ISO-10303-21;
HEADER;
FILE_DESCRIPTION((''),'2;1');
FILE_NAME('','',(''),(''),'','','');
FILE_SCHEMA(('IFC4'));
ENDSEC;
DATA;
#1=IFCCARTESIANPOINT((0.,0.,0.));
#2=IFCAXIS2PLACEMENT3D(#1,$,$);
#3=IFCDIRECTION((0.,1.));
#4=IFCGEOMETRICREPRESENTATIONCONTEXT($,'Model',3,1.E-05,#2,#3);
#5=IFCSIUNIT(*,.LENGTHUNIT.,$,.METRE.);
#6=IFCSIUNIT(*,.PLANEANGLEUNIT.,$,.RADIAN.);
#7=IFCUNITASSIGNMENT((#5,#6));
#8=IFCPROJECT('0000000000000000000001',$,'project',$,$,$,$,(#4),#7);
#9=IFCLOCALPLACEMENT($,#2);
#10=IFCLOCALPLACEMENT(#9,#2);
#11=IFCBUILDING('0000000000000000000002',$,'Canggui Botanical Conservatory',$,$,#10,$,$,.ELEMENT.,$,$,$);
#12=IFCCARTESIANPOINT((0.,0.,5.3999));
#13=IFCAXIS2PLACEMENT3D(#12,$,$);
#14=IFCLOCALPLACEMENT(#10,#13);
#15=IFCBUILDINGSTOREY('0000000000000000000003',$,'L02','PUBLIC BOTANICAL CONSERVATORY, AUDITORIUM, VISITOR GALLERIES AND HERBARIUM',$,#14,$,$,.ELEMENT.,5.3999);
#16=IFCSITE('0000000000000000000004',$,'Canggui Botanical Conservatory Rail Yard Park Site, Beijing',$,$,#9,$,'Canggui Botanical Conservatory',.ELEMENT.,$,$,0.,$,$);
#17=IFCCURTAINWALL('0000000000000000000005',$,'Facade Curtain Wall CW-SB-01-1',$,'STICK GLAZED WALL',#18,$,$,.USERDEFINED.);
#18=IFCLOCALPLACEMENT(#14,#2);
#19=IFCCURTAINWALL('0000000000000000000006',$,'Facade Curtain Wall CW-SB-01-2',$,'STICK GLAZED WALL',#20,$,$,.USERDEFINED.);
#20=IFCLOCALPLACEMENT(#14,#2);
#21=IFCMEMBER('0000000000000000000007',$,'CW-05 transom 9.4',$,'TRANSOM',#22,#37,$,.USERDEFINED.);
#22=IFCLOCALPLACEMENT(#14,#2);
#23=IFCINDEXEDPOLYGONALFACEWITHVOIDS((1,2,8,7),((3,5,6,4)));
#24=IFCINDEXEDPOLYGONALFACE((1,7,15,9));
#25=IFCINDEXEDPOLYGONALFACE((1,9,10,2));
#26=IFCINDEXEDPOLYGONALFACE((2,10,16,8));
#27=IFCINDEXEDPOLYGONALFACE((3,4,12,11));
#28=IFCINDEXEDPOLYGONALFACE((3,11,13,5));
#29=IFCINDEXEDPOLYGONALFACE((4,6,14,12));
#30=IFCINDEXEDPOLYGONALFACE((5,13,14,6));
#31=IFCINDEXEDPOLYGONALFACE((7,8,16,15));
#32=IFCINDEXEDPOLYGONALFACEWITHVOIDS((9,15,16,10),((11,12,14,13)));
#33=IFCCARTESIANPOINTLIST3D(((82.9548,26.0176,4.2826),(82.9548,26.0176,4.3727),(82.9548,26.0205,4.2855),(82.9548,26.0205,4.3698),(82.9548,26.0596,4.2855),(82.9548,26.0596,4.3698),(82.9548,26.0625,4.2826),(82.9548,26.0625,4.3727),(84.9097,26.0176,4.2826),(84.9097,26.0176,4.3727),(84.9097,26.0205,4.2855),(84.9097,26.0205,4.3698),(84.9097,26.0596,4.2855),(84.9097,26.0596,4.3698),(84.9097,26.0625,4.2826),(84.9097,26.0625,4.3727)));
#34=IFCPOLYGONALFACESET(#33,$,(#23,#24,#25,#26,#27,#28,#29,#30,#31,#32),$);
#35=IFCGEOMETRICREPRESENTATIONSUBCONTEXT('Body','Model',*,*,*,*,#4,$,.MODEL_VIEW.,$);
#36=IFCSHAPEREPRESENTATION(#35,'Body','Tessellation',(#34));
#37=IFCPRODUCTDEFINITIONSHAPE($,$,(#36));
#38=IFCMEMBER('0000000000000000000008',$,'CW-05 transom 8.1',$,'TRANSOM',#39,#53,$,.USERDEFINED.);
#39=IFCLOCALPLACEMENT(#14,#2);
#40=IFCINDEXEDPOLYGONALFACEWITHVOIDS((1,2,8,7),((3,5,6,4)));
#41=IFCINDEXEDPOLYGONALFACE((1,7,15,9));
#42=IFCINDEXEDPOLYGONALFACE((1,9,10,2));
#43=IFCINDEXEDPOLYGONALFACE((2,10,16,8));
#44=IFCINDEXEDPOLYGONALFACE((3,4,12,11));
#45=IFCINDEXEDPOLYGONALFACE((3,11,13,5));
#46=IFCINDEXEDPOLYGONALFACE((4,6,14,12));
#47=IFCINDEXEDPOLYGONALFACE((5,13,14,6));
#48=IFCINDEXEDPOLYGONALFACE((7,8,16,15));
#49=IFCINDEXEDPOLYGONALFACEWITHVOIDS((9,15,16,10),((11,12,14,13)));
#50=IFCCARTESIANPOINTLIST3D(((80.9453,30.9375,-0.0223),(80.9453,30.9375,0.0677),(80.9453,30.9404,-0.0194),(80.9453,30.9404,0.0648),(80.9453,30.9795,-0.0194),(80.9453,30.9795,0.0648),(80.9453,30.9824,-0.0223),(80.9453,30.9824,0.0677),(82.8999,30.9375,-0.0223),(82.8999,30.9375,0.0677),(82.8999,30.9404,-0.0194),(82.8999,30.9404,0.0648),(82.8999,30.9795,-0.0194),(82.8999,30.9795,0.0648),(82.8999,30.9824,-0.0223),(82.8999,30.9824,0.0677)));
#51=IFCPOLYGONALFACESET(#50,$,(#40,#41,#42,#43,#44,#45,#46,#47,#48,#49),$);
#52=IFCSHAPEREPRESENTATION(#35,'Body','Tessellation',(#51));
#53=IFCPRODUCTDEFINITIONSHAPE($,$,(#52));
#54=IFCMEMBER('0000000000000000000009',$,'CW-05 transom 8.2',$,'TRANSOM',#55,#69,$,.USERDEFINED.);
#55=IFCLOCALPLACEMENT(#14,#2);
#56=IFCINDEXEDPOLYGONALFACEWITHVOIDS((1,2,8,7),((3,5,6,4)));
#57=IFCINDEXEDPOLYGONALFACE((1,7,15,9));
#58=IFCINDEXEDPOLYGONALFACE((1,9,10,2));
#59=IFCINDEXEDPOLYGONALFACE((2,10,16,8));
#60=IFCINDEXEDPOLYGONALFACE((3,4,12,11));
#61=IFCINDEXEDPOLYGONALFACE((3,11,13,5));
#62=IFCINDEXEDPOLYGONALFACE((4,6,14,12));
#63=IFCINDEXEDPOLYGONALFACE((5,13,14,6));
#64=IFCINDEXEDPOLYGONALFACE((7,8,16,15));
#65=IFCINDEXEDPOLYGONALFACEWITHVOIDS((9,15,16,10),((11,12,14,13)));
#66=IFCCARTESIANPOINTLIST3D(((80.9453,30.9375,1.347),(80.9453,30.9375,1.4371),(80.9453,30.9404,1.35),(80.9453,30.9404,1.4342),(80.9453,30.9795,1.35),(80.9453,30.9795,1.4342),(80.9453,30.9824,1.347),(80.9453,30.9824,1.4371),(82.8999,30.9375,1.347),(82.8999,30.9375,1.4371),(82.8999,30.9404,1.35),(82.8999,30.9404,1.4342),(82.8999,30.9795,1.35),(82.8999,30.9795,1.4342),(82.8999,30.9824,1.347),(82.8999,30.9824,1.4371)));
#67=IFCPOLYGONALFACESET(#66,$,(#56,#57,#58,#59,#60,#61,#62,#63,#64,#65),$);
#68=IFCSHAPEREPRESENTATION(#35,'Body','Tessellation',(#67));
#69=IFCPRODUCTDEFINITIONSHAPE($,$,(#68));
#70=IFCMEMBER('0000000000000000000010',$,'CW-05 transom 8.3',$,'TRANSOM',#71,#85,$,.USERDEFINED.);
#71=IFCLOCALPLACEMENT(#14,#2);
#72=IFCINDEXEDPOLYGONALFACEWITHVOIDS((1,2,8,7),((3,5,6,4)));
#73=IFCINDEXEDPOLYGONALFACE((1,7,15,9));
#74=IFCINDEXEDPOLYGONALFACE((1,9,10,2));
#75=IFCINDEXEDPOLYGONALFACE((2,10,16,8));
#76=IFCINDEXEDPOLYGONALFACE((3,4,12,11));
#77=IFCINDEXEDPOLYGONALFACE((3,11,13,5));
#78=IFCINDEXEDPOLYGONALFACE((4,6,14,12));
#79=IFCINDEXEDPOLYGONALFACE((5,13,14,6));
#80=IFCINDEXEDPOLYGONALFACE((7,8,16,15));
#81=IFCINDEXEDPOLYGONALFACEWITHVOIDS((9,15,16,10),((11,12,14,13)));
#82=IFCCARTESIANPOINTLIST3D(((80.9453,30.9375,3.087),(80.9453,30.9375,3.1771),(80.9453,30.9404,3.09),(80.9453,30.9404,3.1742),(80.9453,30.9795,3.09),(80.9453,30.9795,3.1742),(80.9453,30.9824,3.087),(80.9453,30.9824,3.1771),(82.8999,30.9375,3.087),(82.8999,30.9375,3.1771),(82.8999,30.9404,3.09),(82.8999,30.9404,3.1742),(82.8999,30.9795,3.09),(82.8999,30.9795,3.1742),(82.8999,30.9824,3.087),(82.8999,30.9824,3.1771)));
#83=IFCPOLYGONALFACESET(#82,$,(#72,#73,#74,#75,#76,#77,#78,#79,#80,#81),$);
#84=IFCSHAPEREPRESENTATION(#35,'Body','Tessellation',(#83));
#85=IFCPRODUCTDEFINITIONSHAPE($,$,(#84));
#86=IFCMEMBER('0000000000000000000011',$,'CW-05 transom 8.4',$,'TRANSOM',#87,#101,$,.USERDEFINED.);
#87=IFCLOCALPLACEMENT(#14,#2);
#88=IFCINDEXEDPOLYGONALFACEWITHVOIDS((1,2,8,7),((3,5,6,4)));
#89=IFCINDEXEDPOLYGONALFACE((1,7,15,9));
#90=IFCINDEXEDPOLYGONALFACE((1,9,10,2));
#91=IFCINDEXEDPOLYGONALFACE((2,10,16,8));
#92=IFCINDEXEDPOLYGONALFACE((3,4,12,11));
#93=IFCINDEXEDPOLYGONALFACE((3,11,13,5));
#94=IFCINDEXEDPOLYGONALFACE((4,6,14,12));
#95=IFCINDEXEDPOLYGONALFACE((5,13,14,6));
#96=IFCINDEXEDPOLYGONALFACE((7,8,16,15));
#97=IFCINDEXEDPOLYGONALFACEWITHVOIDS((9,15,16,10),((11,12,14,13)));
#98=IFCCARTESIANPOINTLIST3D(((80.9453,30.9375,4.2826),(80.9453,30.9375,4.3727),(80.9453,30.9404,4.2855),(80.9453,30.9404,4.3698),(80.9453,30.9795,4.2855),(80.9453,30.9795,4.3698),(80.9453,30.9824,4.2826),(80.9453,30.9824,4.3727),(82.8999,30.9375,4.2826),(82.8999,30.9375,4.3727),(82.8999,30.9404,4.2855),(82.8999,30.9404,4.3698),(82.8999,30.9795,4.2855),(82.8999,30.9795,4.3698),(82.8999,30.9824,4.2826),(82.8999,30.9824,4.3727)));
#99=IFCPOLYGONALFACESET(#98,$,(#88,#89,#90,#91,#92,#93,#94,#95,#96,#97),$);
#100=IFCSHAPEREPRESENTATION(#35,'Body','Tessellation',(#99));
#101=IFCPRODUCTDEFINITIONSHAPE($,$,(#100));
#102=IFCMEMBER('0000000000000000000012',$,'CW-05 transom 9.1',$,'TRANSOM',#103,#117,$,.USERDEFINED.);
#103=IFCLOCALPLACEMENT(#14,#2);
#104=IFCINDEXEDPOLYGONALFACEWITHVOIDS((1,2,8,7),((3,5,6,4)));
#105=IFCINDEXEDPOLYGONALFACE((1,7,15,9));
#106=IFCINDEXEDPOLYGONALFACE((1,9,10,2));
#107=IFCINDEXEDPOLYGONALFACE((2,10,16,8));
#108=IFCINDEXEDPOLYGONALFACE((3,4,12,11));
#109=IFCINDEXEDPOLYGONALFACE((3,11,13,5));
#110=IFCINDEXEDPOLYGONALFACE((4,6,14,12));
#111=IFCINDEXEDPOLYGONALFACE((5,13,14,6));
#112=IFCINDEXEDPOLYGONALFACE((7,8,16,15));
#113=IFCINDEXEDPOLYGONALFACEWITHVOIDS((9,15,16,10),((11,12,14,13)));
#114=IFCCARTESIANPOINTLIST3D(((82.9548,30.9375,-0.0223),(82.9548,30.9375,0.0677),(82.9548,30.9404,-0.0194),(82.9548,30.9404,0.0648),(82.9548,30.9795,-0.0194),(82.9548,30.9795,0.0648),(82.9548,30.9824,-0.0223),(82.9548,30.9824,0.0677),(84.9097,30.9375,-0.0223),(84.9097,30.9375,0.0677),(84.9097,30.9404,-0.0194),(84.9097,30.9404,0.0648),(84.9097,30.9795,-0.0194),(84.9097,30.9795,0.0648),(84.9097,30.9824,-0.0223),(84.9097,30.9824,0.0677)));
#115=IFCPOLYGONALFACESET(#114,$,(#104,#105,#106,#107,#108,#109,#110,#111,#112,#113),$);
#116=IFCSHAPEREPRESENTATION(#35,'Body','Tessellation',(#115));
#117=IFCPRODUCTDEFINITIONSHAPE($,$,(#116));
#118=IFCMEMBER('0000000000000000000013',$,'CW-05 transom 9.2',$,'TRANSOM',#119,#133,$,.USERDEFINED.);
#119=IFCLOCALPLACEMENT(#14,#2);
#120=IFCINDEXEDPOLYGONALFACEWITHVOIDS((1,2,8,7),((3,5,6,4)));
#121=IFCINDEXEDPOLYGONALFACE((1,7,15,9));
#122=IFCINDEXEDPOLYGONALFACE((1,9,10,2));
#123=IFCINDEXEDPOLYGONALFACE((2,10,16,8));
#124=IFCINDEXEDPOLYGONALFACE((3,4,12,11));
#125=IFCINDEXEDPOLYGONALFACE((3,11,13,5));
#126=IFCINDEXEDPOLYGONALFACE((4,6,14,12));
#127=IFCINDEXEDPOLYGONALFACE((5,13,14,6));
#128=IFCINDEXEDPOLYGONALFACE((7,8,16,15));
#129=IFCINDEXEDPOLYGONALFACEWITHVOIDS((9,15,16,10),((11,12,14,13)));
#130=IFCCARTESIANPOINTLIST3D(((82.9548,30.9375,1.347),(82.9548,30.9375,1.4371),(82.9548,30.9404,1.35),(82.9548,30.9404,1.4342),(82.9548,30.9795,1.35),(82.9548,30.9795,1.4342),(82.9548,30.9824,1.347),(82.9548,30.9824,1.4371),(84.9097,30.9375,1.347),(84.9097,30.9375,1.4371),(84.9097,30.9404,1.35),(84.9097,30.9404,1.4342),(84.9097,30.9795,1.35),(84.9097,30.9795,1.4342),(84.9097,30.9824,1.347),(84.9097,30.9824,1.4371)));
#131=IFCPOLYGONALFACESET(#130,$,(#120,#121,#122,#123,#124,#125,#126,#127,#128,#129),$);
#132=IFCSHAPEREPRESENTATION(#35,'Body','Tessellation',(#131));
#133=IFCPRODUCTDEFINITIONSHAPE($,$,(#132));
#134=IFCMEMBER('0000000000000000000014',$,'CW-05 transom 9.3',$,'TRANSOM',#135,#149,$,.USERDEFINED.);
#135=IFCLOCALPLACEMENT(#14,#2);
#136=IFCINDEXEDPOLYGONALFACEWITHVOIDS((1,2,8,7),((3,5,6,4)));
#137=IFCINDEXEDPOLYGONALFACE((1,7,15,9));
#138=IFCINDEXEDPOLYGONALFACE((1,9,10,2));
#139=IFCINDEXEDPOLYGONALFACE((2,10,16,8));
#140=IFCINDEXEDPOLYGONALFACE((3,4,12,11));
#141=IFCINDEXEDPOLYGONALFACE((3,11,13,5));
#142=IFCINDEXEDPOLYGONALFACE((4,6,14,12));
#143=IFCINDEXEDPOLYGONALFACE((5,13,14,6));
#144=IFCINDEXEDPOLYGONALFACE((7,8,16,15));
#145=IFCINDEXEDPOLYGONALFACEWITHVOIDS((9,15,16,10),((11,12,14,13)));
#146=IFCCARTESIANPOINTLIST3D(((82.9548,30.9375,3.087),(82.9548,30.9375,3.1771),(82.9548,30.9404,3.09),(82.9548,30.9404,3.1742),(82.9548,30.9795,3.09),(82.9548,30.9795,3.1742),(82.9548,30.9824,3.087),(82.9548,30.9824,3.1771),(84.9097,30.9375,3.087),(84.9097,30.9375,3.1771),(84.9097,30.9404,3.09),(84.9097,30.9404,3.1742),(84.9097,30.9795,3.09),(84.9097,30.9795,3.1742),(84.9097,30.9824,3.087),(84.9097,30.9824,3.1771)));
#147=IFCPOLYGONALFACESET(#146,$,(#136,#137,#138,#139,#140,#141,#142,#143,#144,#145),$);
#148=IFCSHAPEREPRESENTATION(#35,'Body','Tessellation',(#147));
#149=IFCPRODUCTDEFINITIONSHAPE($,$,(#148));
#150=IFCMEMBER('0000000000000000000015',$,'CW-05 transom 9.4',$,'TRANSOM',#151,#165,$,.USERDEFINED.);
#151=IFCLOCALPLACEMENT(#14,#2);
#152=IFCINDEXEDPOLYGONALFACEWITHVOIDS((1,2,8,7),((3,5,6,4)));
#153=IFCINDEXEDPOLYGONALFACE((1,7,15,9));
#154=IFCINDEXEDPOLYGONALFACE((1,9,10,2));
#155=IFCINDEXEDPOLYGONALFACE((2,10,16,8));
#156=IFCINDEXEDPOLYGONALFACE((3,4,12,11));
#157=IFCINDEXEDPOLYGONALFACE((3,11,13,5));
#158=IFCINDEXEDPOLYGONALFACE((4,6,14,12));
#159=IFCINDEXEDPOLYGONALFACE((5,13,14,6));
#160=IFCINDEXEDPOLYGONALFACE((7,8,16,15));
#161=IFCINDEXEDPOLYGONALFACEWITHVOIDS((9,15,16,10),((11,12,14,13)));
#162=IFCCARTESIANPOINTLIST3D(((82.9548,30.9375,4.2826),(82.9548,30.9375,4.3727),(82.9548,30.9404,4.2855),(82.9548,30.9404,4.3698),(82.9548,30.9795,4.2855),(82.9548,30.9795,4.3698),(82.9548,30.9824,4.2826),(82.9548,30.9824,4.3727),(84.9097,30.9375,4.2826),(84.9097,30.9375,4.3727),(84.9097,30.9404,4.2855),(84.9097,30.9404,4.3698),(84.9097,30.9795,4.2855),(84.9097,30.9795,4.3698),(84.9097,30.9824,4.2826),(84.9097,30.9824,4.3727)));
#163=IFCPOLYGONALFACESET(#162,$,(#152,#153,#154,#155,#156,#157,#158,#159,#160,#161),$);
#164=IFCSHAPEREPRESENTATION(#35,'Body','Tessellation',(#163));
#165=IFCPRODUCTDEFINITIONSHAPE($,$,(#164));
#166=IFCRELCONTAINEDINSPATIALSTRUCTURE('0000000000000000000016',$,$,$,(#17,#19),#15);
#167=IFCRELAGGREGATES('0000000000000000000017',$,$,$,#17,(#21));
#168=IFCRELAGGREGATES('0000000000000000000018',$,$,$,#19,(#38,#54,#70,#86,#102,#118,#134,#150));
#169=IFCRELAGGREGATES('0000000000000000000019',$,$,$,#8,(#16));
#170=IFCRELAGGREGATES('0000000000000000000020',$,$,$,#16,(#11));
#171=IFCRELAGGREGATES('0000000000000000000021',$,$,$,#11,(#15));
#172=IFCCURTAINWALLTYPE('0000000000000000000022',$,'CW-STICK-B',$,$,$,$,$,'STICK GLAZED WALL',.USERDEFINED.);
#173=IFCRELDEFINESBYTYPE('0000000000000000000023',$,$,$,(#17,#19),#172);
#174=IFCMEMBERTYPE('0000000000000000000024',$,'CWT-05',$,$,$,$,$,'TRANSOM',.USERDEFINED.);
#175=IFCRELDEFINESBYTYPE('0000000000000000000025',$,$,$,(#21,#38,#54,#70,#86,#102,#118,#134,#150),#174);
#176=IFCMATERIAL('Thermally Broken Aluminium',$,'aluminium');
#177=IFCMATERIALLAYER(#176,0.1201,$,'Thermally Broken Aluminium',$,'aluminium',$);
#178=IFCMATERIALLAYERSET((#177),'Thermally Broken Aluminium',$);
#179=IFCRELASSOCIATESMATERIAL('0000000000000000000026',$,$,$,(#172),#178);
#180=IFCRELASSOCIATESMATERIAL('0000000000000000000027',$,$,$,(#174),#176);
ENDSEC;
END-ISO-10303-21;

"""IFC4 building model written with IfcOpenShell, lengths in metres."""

from ifc_helpers import new_model, si_unit, direction, frame, origin, origin_2d, place, context, subcontext, project, spatial, hollow_rectangle, extrude, material, layer, layer_set, material_profile, profile_set, type_object, element, aggregate, save


model = new_model("IFC4")

# Units and contexts
model_context = context("Model", 3, precision=1e-05, world=origin(), true_north=direction((0.0, 1.0)))
body_context = subcontext(model_context, "Body", "Model", "MODEL_VIEW")
ifc_project = project(units=[si_unit("LENGTHUNIT", "METRE"), si_unit("PLANEANGLEUNIT", "RADIAN")], contexts=[model_context])

# Site, building, storey
site_placement = place(None, origin())
site = spatial("IfcSite", under=ifc_project, at=site_placement, Name="Canggui Botanical Conservatory Rail Yard Park Site, Beijing", LongName="Canggui Botanical Conservatory", CompositionType="ELEMENT", RefElevation=0.0)
building_placement = place(site_placement, origin())
building = spatial("IfcBuilding", under=site, at=building_placement, Name="Canggui Botanical Conservatory", CompositionType="ELEMENT")
storey_placement = place(building_placement, frame((0.0, 0.0, 5.3999)))
storey = spatial("IfcBuildingStorey", under=building, at=storey_placement, Name="L02", Description="PUBLIC BOTANICAL CONSERVATORY, AUDITORIUM, VISITOR GALLERIES AND HERBARIUM", CompositionType="ELEMENT", Elevation=5.3999)

# Curtain walls
ifc_material_1 = material(Name="Thermally Broken Aluminium", Category="aluminium")
ifc_layer_1 = layer(ifc_material_1, 0.1201, Name="Thermally Broken Aluminium", Category="aluminium")
ifc_layer_set_1 = layer_set([ifc_layer_1], Name="Thermally Broken Aluminium")
curtain_wall_type = type_object("IfcCurtainWallType", Name="CW-STICK-B", ElementType="STICK GLAZED WALL", PredefinedType="USERDEFINED", material=ifc_layer_set_1)
curtain_wall_1_placement = place(storey_placement, origin())
curtain_wall_1 = element("IfcCurtainWall", 1, at=curtain_wall_1_placement, inside=storey, type_object=curtain_wall_type, Name="Facade Curtain Wall CW-SB-01-1", ObjectType="STICK GLAZED WALL", PredefinedType="USERDEFINED")
curtain_wall_2_placement = place(storey_placement, origin())
curtain_wall_2 = element("IfcCurtainWall", 2, at=curtain_wall_2_placement, inside=storey, type_object=curtain_wall_type, Name="Facade Curtain Wall CW-SB-01-2", ObjectType="STICK GLAZED WALL", PredefinedType="USERDEFINED")

# Members
ifc_material_profile_1 = material_profile(ifc_material_1, hollow_rectangle(XDim=0.0449, YDim=0.0901, WallThickness=0.0029, at=origin_2d()), Name="CWT 45x90x3")
ifc_profile_set_1 = profile_set([ifc_material_profile_1], Name="Thermally Broken Aluminium")
member_type_1 = type_object("IfcMemberType", Name="CWT-05", ElementType="TRANSOM", PredefinedType="USERDEFINED", material=ifc_profile_set_1)
member_1_placement = place(storey_placement, frame((82.9548, 26.04, 4.3276), z_axis=(1.0, 0.0, 0.0), x_axis=(0.0, 1.0, 0.0)))
member_1 = element("IfcMember", 3, at=member_1_placement, type_object=member_type_1, Name="CW-05 transom 9.4", ObjectType="TRANSOM", PredefinedType="USERDEFINED", context=body_context, shape_type="SweptSolid", body=[
    extrude(hollow_rectangle(XDim=0.0449, YDim=0.0901, WallThickness=0.0029, at=origin_2d()), origin(), (0.0, 0.0, 1.0), 1.9548),
])
member_2_placement = place(storey_placement, frame((80.9453, 30.96, 0.0227), z_axis=(1.0, 0.0, 0.0), x_axis=(0.0, 1.0, 0.0)))
member_2 = element("IfcMember", 4, at=member_2_placement, type_object=member_type_1, Name="CW-05 transom 8.1", ObjectType="TRANSOM", PredefinedType="USERDEFINED", context=body_context, shape_type="SweptSolid", body=[
    extrude(hollow_rectangle(XDim=0.0449, YDim=0.0901, WallThickness=0.0029, at=origin_2d()), origin(), (0.0, 0.0, 1.0), 1.9546),
])
member_3_placement = place(storey_placement, frame((80.9453, 30.96, 1.3921), z_axis=(1.0, 0.0, 0.0), x_axis=(0.0, 1.0, 0.0)))
member_3 = element("IfcMember", 5, at=member_3_placement, type_object=member_type_1, Name="CW-05 transom 8.2", ObjectType="TRANSOM", PredefinedType="USERDEFINED", context=body_context, shape_type="SweptSolid", body=[
    extrude(hollow_rectangle(XDim=0.0449, YDim=0.0901, WallThickness=0.0029, at=origin_2d()), origin(), (0.0, 0.0, 1.0), 1.9546),
])
member_4_placement = place(storey_placement, frame((80.9453, 30.96, 3.1321), z_axis=(1.0, 0.0, 0.0), x_axis=(0.0, 1.0, 0.0)))
member_4 = element("IfcMember", 6, at=member_4_placement, type_object=member_type_1, Name="CW-05 transom 8.3", ObjectType="TRANSOM", PredefinedType="USERDEFINED", context=body_context, shape_type="SweptSolid", body=[
    extrude(hollow_rectangle(XDim=0.0449, YDim=0.0901, WallThickness=0.0029, at=origin_2d()), origin(), (0.0, 0.0, 1.0), 1.9546),
])
member_5_placement = place(storey_placement, frame((80.9453, 30.96, 4.3276), z_axis=(1.0, 0.0, 0.0), x_axis=(0.0, 1.0, 0.0)))
member_5 = element("IfcMember", 7, at=member_5_placement, type_object=member_type_1, Name="CW-05 transom 8.4", ObjectType="TRANSOM", PredefinedType="USERDEFINED", context=body_context, shape_type="SweptSolid", body=[
    extrude(hollow_rectangle(XDim=0.0449, YDim=0.0901, WallThickness=0.0029, at=origin_2d()), origin(), (0.0, 0.0, 1.0), 1.9546),
])
member_6_placement = place(storey_placement, frame((82.9548, 30.96, 0.0227), z_axis=(1.0, 0.0, 0.0), x_axis=(0.0, 1.0, 0.0)))
member_6 = element("IfcMember", 8, at=member_6_placement, type_object=member_type_1, Name="CW-05 transom 9.1", ObjectType="TRANSOM", PredefinedType="USERDEFINED", context=body_context, shape_type="SweptSolid", body=[
    extrude(hollow_rectangle(XDim=0.0449, YDim=0.0901, WallThickness=0.0029, at=origin_2d()), origin(), (0.0, 0.0, 1.0), 1.9548),
])
member_7_placement = place(storey_placement, frame((82.9548, 30.96, 1.3921), z_axis=(1.0, 0.0, 0.0), x_axis=(0.0, 1.0, 0.0)))
member_7 = element("IfcMember", 9, at=member_7_placement, type_object=member_type_1, Name="CW-05 transom 9.2", ObjectType="TRANSOM", PredefinedType="USERDEFINED", context=body_context, shape_type="SweptSolid", body=[
    extrude(hollow_rectangle(XDim=0.0449, YDim=0.0901, WallThickness=0.0029, at=origin_2d()), origin(), (0.0, 0.0, 1.0), 1.9548),
])
member_8_placement = place(storey_placement, frame((82.9548, 30.96, 3.1321), z_axis=(1.0, 0.0, 0.0), x_axis=(0.0, 1.0, 0.0)))
member_8 = element("IfcMember", 10, at=member_8_placement, type_object=member_type_1, Name="CW-05 transom 9.3", ObjectType="TRANSOM", PredefinedType="USERDEFINED", context=body_context, shape_type="SweptSolid", body=[
    extrude(hollow_rectangle(XDim=0.0449, YDim=0.0901, WallThickness=0.0029, at=origin_2d()), origin(), (0.0, 0.0, 1.0), 1.9548),
])
member_9_placement = place(storey_placement, frame((82.9548, 30.96, 4.3276), z_axis=(1.0, 0.0, 0.0), x_axis=(0.0, 1.0, 0.0)))
member_9 = element("IfcMember", 11, at=member_9_placement, type_object=member_type_1, Name="CW-05 transom 9.4", ObjectType="TRANSOM", PredefinedType="USERDEFINED", context=body_context, shape_type="SweptSolid", body=[
    extrude(hollow_rectangle(XDim=0.0449, YDim=0.0901, WallThickness=0.0029, at=origin_2d()), origin(), (0.0, 0.0, 1.0), 1.9548),
])

aggregate(curtain_wall_1, [member_1])
aggregate(curtain_wall_2, [member_2, member_3, member_4, member_5, member_6, member_7, member_8, member_9])

save(model, "model.ifc")
